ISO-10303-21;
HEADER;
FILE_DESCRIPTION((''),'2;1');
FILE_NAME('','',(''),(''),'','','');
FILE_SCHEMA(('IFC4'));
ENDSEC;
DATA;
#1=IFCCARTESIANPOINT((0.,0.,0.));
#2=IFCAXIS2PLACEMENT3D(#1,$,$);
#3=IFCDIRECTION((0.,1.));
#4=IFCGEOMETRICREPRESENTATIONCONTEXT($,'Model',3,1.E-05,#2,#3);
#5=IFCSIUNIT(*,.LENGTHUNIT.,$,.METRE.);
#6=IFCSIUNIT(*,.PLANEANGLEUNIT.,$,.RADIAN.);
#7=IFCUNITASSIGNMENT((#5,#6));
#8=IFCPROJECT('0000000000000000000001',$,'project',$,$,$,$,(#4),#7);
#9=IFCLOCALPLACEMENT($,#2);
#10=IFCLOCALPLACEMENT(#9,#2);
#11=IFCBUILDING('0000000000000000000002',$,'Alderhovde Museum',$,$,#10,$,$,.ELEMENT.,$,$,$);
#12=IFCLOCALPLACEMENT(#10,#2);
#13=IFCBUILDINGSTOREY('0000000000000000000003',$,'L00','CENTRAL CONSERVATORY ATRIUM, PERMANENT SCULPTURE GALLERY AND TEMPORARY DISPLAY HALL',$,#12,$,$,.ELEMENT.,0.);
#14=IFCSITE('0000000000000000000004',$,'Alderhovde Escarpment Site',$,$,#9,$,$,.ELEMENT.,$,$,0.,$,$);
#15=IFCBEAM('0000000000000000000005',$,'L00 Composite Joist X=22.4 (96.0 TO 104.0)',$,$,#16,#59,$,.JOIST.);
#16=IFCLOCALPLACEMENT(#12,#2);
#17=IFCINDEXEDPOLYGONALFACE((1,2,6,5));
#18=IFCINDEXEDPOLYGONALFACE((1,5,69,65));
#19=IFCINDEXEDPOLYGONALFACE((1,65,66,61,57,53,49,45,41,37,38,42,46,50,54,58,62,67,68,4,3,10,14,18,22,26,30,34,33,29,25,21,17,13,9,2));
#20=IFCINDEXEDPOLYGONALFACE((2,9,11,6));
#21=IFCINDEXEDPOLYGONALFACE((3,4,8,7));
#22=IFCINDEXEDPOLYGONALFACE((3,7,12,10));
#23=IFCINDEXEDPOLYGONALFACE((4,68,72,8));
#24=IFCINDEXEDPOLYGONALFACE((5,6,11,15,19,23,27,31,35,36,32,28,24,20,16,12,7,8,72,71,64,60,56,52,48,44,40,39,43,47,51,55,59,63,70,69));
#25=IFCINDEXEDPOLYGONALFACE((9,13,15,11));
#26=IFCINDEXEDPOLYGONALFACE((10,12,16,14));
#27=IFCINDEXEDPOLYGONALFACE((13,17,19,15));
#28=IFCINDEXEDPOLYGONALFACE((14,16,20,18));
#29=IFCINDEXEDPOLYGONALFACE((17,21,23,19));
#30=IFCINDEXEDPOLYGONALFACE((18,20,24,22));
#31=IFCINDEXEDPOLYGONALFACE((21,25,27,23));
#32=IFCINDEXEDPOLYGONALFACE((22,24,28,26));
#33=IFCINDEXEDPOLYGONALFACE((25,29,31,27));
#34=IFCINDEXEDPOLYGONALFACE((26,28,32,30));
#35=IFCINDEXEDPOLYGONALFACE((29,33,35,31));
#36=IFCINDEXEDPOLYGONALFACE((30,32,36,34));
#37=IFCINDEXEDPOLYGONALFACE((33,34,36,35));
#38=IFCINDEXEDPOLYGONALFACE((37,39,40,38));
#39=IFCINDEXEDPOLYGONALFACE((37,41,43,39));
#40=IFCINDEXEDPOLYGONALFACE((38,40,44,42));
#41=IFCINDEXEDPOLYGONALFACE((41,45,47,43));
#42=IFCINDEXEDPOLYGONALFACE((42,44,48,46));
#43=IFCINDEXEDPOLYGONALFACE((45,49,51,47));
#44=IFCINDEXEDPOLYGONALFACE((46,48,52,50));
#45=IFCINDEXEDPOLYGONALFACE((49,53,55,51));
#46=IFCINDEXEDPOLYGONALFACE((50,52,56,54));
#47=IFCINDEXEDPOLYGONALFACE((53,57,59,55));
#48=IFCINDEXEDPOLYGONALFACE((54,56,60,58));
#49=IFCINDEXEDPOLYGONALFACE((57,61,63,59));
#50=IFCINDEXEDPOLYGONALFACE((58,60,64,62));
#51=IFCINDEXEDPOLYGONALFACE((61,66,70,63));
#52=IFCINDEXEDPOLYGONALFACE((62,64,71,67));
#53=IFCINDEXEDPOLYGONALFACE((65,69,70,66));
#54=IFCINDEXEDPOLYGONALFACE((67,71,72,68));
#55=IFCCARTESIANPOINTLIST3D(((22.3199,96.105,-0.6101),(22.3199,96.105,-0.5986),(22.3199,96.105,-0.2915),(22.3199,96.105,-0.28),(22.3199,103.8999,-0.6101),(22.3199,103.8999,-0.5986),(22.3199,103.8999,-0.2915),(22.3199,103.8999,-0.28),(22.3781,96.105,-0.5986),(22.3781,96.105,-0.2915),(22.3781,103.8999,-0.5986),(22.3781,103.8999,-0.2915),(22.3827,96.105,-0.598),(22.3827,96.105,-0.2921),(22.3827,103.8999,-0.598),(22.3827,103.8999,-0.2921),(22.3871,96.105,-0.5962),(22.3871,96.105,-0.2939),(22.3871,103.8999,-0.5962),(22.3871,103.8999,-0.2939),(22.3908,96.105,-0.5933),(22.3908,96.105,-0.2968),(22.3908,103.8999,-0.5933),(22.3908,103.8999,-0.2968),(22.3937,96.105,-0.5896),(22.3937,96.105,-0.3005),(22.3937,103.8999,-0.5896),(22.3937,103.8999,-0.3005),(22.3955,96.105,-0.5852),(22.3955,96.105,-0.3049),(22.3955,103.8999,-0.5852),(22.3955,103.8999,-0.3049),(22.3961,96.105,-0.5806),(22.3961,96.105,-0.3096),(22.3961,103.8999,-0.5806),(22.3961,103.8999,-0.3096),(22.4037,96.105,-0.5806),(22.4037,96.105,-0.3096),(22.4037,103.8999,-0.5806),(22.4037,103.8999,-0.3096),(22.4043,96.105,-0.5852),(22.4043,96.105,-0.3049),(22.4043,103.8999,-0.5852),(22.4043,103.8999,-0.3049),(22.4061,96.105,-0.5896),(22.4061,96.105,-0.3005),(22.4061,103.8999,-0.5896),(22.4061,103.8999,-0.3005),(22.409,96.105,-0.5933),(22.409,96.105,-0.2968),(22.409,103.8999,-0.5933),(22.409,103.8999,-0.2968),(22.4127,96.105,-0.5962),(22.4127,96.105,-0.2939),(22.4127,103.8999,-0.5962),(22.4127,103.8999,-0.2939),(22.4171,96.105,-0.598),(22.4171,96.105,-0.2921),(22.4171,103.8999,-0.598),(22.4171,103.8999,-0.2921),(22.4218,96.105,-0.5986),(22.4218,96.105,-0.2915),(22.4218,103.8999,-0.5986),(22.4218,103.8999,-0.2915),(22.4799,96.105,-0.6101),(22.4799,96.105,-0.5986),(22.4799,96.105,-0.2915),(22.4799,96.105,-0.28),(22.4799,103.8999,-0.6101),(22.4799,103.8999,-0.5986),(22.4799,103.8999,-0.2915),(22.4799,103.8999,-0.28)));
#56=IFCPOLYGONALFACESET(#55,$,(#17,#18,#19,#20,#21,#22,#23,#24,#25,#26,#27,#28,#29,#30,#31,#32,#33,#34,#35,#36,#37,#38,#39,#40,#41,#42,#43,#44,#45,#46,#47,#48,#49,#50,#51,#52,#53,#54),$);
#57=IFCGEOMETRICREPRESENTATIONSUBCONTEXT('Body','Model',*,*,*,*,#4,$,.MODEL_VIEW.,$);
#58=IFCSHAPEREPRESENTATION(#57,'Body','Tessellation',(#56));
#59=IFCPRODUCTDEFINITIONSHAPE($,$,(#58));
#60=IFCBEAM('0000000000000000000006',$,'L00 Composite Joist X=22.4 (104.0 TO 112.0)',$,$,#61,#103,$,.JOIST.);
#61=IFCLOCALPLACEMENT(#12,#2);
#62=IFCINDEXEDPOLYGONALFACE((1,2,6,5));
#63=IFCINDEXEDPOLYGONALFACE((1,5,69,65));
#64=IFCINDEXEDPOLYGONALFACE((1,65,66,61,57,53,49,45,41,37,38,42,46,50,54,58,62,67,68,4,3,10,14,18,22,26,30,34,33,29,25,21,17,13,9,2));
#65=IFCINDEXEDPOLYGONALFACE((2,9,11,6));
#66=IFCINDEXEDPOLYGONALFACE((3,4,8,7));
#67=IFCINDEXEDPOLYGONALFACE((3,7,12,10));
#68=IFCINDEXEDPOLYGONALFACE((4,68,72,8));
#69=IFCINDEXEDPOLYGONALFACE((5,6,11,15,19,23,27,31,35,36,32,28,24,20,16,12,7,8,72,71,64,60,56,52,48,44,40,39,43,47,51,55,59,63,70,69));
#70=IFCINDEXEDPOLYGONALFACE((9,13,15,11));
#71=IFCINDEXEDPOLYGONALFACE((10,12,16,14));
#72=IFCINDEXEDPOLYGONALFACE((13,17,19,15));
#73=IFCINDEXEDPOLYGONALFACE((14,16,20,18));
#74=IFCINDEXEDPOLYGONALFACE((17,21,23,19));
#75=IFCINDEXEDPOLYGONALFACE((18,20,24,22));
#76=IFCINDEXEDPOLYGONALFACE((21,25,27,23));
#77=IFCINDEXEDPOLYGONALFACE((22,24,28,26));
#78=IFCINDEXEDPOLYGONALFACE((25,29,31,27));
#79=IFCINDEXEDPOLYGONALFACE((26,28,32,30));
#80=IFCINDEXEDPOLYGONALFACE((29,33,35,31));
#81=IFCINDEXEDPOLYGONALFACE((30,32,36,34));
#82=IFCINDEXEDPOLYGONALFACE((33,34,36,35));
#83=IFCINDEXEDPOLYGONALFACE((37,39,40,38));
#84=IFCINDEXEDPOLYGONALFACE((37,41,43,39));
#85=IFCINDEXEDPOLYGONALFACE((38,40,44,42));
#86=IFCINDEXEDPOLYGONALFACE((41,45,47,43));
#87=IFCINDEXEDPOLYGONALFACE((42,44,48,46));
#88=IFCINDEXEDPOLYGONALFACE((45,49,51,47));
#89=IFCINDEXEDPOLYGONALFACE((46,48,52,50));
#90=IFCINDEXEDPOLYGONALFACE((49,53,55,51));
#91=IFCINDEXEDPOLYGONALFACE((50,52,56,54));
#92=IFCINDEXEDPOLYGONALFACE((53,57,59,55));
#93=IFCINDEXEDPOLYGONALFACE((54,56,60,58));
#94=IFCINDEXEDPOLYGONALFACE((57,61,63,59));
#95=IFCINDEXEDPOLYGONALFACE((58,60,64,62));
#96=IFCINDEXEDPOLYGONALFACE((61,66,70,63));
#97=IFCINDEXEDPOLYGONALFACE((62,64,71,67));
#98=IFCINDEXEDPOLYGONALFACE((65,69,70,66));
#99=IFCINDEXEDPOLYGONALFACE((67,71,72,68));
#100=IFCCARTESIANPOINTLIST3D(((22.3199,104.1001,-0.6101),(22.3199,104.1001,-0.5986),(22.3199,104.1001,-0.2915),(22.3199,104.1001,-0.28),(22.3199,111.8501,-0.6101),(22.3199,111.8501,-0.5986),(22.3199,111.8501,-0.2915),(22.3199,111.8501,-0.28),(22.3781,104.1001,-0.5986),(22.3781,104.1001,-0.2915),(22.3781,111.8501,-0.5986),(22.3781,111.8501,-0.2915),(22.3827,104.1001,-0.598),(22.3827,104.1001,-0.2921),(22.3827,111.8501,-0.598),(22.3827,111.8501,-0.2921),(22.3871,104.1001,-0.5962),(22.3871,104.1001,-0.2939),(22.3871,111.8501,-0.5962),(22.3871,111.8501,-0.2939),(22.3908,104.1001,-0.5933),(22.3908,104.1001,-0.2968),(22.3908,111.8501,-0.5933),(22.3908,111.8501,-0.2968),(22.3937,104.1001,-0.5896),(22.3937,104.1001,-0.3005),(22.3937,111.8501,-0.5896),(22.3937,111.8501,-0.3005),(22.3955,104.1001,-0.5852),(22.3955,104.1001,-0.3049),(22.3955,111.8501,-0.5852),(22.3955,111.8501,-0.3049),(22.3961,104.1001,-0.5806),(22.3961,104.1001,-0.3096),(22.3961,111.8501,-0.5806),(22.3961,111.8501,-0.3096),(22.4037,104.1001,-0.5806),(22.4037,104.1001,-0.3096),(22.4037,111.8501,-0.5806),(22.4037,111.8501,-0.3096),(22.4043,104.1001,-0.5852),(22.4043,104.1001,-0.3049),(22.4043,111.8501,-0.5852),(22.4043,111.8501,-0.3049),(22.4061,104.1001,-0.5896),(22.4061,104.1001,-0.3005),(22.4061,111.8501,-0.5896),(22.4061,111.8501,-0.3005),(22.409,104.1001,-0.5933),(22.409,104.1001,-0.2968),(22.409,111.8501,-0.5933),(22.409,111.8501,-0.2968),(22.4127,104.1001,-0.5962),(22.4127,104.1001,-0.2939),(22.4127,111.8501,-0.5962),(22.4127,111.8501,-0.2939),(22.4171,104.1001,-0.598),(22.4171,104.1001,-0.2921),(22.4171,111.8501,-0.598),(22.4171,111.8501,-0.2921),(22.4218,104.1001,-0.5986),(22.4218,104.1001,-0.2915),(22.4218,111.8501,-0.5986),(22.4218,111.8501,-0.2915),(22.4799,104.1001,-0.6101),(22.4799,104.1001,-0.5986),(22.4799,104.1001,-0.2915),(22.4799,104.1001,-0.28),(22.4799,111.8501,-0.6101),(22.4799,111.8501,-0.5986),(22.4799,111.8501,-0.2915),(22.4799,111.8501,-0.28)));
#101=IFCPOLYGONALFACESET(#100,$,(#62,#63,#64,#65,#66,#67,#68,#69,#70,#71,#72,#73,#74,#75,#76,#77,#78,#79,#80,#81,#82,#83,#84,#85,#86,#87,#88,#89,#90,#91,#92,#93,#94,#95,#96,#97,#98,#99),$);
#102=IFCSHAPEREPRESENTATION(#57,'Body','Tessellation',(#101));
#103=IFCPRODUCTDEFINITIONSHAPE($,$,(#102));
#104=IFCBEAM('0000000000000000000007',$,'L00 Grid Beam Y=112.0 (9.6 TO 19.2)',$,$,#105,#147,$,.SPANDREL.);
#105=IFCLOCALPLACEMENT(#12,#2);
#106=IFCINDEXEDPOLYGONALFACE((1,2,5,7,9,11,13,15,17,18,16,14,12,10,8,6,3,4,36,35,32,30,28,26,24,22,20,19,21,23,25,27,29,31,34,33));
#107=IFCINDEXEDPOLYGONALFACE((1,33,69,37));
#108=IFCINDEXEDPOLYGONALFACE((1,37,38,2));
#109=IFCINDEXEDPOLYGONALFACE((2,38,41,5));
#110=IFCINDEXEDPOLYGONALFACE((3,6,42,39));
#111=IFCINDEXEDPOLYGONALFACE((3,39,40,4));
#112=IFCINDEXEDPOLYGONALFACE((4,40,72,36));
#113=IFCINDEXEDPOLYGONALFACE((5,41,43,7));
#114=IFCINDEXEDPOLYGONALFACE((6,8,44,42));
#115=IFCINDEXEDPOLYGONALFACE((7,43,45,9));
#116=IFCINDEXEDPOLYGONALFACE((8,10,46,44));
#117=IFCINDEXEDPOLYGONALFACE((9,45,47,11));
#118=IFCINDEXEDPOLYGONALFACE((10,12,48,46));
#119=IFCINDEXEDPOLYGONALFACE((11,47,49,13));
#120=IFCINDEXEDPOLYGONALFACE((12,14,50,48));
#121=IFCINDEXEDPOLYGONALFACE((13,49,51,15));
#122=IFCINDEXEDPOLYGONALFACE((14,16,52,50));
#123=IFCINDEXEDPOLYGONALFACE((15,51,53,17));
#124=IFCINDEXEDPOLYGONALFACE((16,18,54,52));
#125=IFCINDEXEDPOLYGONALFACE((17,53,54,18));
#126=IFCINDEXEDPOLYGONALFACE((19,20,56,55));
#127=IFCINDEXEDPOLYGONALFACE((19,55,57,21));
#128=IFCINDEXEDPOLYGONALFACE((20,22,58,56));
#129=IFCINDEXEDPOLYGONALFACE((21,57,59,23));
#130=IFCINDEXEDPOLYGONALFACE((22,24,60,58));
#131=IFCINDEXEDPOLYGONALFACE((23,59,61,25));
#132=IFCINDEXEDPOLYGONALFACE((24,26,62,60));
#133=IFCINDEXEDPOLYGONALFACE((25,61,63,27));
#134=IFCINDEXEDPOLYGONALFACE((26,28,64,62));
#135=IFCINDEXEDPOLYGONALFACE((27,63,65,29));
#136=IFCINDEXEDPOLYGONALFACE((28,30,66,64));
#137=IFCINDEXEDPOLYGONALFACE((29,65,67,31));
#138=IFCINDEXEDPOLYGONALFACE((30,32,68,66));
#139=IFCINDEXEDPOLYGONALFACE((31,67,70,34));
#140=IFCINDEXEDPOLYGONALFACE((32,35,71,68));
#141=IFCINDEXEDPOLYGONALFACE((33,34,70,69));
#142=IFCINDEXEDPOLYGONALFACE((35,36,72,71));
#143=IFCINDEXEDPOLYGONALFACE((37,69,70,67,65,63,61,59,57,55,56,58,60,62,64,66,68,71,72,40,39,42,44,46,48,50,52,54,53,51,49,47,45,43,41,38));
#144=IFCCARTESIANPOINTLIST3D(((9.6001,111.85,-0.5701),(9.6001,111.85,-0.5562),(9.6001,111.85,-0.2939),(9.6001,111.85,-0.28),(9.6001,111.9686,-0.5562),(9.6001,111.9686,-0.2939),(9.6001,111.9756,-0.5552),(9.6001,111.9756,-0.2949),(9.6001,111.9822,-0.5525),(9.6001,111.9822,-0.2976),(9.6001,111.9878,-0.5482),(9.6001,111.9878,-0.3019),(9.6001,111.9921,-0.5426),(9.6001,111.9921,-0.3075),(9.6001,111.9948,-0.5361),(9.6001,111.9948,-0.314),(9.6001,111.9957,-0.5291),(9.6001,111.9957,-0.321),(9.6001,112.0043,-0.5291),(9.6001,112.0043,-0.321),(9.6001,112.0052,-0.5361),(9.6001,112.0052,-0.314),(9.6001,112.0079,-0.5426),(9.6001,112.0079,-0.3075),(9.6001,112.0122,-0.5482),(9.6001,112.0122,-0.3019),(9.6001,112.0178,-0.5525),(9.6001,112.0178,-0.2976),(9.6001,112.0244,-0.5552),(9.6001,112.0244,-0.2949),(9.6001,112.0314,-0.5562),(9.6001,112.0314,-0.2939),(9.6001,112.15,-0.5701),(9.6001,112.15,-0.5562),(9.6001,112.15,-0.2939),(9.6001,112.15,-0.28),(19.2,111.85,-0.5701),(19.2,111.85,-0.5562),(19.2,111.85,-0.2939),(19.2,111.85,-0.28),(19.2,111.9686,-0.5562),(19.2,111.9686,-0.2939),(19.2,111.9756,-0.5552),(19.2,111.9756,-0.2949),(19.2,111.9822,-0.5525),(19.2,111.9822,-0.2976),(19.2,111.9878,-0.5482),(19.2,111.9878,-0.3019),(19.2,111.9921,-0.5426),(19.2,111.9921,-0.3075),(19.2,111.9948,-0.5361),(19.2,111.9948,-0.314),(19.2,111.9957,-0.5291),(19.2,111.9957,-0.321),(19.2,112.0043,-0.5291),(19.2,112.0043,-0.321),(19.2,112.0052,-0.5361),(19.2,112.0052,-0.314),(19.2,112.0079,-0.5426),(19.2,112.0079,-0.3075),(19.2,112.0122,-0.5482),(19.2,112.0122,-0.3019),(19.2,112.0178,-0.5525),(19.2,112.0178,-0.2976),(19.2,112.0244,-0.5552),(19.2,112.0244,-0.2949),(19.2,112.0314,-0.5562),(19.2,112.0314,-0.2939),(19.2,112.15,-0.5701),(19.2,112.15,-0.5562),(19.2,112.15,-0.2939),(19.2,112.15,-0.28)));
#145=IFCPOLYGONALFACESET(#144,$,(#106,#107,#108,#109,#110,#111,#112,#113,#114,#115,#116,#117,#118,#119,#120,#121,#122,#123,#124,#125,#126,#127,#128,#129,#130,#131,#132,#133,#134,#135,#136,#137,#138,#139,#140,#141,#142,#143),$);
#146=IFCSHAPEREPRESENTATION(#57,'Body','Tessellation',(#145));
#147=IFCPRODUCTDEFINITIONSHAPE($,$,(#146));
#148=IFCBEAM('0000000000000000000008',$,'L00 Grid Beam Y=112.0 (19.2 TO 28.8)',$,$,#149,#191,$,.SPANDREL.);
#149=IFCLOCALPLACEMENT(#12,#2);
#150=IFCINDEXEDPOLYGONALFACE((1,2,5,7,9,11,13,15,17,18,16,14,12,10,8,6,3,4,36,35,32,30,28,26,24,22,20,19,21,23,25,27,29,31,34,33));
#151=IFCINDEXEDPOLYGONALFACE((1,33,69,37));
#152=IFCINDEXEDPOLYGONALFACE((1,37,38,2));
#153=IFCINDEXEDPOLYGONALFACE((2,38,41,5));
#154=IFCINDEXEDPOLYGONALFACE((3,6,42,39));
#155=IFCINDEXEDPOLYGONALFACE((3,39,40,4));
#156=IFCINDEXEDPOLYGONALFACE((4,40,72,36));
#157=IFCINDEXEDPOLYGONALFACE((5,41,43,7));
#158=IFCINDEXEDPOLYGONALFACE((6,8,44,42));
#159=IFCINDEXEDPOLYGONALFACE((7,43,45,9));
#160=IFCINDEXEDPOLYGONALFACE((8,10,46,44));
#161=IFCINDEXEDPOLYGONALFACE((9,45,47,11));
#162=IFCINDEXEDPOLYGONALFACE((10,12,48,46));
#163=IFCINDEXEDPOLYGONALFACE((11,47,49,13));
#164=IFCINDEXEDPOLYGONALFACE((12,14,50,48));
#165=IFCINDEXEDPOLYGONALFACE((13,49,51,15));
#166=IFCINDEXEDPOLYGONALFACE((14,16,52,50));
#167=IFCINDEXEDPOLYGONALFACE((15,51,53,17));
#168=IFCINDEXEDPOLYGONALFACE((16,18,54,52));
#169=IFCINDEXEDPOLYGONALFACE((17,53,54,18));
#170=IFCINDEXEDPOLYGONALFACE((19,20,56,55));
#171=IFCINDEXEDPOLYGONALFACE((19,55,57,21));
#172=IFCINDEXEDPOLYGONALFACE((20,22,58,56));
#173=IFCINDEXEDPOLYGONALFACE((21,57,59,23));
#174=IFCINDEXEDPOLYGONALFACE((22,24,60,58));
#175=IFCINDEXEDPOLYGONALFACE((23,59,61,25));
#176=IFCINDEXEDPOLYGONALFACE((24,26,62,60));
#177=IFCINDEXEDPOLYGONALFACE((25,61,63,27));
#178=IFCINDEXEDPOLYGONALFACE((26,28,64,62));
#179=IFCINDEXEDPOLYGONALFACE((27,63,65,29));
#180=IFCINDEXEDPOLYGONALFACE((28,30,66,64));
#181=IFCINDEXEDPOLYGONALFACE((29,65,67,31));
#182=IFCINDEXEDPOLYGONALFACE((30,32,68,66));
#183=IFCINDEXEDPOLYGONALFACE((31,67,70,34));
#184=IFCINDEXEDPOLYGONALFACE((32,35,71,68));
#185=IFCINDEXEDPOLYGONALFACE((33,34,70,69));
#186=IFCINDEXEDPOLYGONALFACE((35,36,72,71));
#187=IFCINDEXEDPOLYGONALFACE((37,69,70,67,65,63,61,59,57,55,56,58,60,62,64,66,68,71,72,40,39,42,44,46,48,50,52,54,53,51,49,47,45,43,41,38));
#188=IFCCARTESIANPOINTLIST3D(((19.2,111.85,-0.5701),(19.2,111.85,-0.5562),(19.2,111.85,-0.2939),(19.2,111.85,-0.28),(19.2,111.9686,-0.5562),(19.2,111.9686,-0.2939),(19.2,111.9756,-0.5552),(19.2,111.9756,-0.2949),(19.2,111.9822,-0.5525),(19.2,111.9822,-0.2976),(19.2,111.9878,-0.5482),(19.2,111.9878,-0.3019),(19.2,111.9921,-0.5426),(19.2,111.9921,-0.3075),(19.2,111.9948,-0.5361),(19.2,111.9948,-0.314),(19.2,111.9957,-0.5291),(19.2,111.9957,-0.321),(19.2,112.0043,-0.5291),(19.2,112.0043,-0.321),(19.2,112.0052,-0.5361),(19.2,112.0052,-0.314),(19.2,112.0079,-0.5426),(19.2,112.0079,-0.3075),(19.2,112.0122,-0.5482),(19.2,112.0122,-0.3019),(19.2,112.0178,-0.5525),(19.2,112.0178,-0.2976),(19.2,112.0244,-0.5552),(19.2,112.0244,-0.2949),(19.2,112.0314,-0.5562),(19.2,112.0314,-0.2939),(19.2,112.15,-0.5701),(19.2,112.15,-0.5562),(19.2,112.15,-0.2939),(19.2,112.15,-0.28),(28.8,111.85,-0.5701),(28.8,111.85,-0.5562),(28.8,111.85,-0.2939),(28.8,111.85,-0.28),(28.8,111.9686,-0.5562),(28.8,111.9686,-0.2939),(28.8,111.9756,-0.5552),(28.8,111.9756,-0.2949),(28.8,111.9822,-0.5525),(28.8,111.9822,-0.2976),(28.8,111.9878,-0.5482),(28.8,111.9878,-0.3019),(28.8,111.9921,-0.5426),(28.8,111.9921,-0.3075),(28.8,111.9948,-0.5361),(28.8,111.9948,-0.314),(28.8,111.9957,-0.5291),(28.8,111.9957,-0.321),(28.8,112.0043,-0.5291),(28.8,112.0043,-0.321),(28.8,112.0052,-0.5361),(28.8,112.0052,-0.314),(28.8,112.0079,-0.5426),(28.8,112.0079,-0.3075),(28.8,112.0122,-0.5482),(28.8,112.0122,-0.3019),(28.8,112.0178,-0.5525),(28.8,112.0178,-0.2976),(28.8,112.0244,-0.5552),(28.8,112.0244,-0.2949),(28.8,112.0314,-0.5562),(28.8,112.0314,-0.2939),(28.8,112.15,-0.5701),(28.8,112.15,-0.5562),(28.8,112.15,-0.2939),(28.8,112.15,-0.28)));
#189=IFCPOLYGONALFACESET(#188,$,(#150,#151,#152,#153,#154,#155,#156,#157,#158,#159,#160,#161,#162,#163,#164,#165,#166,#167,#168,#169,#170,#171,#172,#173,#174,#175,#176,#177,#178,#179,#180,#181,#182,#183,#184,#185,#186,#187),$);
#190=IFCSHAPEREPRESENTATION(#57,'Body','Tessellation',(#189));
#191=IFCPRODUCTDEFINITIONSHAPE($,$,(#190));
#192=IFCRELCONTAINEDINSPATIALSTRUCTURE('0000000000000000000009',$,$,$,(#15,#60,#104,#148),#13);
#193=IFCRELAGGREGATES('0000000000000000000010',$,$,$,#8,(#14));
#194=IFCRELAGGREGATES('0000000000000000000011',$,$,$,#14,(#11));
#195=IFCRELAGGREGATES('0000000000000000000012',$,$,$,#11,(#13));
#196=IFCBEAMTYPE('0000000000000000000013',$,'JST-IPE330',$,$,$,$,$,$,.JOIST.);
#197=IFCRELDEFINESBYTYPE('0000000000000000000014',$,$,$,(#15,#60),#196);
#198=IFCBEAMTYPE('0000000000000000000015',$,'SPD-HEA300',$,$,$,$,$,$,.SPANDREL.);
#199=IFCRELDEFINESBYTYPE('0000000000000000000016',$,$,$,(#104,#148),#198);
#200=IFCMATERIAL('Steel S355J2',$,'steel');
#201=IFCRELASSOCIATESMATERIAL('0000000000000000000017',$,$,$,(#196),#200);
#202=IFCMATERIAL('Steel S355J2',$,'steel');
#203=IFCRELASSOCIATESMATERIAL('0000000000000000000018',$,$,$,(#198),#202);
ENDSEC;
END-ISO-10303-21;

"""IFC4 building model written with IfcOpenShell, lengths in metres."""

from ifc_helpers import new_model, si_unit, direction, frame, origin, origin_2d, place, context, subcontext, project, spatial, i_section, extrude, material, material_profile, profile_set, type_object, element, save


model = new_model("IFC4")

# Units and contexts
model_context = context("Model", 3, precision=1e-05, world=origin(), true_north=direction((0.0, 1.0)))
body_context = subcontext(model_context, "Body", "Model", "MODEL_VIEW")
ifc_project = project(units=[si_unit("LENGTHUNIT", "METRE"), si_unit("PLANEANGLEUNIT", "RADIAN")], contexts=[model_context])

# Site, building, storey
site_placement = place(None, origin())
site = spatial("IfcSite", under=ifc_project, at=site_placement, Name="Alderhovde Escarpment Site", CompositionType="ELEMENT", RefElevation=0.0)
building_placement = place(site_placement, origin())
building = spatial("IfcBuilding", under=site, at=building_placement, Name="Alderhovde Museum", CompositionType="ELEMENT")
storey_placement = place(building_placement, origin())
storey = spatial("IfcBuildingStorey", under=building, at=storey_placement, Name="L00", Description="CENTRAL CONSERVATORY ATRIUM, PERMANENT SCULPTURE GALLERY AND TEMPORARY DISPLAY HALL", CompositionType="ELEMENT", Elevation=0.0)

# Beams
ifc_material_1 = material(Name="Steel S355J2", Category="steel")
ifc_material_profile_1 = material_profile(ifc_material_1, i_section(OverallWidth=0.1599, OverallDepth=0.3301, WebThickness=0.0076, FlangeThickness=0.0115, FilletRadius=0.0181, at=origin_2d()), Name="IPE 330")
ifc_profile_set_1 = profile_set([ifc_material_profile_1], Name="Steel S355J2")
beam_type_1 = type_object("IfcBeamType", Name="JST-IPE330", PredefinedType="JOIST", material=ifc_profile_set_1)
for number, where, z_axis, x_axis, name in (
    (1, (22.3999, 96.105, -0.4451), (0.0, 1.0, 0.0), (-1.0, 0.0, 0.0), "L00 Composite Joist X=22.4 (96.0 TO 104.0)"),
):
    element("IfcBeam", number, at=place(storey_placement, frame(where, z_axis=z_axis, x_axis=x_axis)), inside=storey, type_object=beam_type_1, Name=name, PredefinedType="JOIST", context=body_context, shape_type="SweptSolid", body=[
        extrude(i_section(OverallWidth=0.1599, OverallDepth=0.3301, WebThickness=0.0076, FlangeThickness=0.0115, FilletRadius=0.0181, at=origin_2d()), origin(), (0.0, 0.0, 1.0), 7.7949),
    ])
beam_1_placement = place(storey_placement, frame((22.3999, 104.1001, -0.4451), z_axis=(0.0, 1.0, 0.0), x_axis=(-1.0, 0.0, 0.0)))
element("IfcBeam", 2, at=beam_1_placement, inside=storey, type_object=beam_type_1, Name="L00 Composite Joist X=22.4 (104.0 TO 112.0)", PredefinedType="JOIST", context=body_context, shape_type="SweptSolid", body=[
    extrude(i_section(OverallWidth=0.1599, OverallDepth=0.3301, WebThickness=0.0076, FlangeThickness=0.0115, FilletRadius=0.0181, at=origin_2d()), origin(), (0.0, 0.0, 1.0), 7.75),
])
ifc_material_2 = material(Name="Steel S355J2", Category="steel")
ifc_material_profile_2 = material_profile(ifc_material_2, i_section(OverallWidth=0.3, OverallDepth=0.29, WebThickness=0.0085, FlangeThickness=0.0139, FilletRadius=0.0271, at=origin_2d()), Name="HEA 300")
ifc_profile_set_2 = profile_set([ifc_material_profile_2], Name="Steel S355J2")
beam_type_2 = type_object("IfcBeamType", Name="SPD-HEA300", PredefinedType="SPANDREL", material=ifc_profile_set_2)
beam_2_placement = place(storey_placement, frame((9.6001, 112.0, -0.425), z_axis=(1.0, 0.0, 0.0), x_axis=(0.0, 1.0, 0.0)))
element("IfcBeam", 3, at=beam_2_placement, inside=storey, type_object=beam_type_2, Name="L00 Grid Beam Y=112.0 (9.6 TO 19.2)", PredefinedType="SPANDREL", context=body_context, shape_type="SweptSolid", body=[
    extrude(i_section(OverallWidth=0.3, OverallDepth=0.29, WebThickness=0.0085, FlangeThickness=0.0139, FilletRadius=0.0271, at=origin_2d()), origin(), (0.0, 0.0, 1.0), 9.5999),
])
beam_3_placement = place(storey_placement, frame((19.2, 112.0, -0.425), z_axis=(1.0, 0.0, 0.0), x_axis=(0.0, 1.0, 0.0)))
element("IfcBeam", 4, at=beam_3_placement, inside=storey, type_object=beam_type_2, Name="L00 Grid Beam Y=112.0 (19.2 TO 28.8)", PredefinedType="SPANDREL", context=body_context, shape_type="SweptSolid", body=[
    extrude(i_section(OverallWidth=0.3, OverallDepth=0.29, WebThickness=0.0085, FlangeThickness=0.0139, FilletRadius=0.0271, at=origin_2d()), origin(), (0.0, 0.0, 1.0), 9.6001),
])

save(model, "model.ifc")
